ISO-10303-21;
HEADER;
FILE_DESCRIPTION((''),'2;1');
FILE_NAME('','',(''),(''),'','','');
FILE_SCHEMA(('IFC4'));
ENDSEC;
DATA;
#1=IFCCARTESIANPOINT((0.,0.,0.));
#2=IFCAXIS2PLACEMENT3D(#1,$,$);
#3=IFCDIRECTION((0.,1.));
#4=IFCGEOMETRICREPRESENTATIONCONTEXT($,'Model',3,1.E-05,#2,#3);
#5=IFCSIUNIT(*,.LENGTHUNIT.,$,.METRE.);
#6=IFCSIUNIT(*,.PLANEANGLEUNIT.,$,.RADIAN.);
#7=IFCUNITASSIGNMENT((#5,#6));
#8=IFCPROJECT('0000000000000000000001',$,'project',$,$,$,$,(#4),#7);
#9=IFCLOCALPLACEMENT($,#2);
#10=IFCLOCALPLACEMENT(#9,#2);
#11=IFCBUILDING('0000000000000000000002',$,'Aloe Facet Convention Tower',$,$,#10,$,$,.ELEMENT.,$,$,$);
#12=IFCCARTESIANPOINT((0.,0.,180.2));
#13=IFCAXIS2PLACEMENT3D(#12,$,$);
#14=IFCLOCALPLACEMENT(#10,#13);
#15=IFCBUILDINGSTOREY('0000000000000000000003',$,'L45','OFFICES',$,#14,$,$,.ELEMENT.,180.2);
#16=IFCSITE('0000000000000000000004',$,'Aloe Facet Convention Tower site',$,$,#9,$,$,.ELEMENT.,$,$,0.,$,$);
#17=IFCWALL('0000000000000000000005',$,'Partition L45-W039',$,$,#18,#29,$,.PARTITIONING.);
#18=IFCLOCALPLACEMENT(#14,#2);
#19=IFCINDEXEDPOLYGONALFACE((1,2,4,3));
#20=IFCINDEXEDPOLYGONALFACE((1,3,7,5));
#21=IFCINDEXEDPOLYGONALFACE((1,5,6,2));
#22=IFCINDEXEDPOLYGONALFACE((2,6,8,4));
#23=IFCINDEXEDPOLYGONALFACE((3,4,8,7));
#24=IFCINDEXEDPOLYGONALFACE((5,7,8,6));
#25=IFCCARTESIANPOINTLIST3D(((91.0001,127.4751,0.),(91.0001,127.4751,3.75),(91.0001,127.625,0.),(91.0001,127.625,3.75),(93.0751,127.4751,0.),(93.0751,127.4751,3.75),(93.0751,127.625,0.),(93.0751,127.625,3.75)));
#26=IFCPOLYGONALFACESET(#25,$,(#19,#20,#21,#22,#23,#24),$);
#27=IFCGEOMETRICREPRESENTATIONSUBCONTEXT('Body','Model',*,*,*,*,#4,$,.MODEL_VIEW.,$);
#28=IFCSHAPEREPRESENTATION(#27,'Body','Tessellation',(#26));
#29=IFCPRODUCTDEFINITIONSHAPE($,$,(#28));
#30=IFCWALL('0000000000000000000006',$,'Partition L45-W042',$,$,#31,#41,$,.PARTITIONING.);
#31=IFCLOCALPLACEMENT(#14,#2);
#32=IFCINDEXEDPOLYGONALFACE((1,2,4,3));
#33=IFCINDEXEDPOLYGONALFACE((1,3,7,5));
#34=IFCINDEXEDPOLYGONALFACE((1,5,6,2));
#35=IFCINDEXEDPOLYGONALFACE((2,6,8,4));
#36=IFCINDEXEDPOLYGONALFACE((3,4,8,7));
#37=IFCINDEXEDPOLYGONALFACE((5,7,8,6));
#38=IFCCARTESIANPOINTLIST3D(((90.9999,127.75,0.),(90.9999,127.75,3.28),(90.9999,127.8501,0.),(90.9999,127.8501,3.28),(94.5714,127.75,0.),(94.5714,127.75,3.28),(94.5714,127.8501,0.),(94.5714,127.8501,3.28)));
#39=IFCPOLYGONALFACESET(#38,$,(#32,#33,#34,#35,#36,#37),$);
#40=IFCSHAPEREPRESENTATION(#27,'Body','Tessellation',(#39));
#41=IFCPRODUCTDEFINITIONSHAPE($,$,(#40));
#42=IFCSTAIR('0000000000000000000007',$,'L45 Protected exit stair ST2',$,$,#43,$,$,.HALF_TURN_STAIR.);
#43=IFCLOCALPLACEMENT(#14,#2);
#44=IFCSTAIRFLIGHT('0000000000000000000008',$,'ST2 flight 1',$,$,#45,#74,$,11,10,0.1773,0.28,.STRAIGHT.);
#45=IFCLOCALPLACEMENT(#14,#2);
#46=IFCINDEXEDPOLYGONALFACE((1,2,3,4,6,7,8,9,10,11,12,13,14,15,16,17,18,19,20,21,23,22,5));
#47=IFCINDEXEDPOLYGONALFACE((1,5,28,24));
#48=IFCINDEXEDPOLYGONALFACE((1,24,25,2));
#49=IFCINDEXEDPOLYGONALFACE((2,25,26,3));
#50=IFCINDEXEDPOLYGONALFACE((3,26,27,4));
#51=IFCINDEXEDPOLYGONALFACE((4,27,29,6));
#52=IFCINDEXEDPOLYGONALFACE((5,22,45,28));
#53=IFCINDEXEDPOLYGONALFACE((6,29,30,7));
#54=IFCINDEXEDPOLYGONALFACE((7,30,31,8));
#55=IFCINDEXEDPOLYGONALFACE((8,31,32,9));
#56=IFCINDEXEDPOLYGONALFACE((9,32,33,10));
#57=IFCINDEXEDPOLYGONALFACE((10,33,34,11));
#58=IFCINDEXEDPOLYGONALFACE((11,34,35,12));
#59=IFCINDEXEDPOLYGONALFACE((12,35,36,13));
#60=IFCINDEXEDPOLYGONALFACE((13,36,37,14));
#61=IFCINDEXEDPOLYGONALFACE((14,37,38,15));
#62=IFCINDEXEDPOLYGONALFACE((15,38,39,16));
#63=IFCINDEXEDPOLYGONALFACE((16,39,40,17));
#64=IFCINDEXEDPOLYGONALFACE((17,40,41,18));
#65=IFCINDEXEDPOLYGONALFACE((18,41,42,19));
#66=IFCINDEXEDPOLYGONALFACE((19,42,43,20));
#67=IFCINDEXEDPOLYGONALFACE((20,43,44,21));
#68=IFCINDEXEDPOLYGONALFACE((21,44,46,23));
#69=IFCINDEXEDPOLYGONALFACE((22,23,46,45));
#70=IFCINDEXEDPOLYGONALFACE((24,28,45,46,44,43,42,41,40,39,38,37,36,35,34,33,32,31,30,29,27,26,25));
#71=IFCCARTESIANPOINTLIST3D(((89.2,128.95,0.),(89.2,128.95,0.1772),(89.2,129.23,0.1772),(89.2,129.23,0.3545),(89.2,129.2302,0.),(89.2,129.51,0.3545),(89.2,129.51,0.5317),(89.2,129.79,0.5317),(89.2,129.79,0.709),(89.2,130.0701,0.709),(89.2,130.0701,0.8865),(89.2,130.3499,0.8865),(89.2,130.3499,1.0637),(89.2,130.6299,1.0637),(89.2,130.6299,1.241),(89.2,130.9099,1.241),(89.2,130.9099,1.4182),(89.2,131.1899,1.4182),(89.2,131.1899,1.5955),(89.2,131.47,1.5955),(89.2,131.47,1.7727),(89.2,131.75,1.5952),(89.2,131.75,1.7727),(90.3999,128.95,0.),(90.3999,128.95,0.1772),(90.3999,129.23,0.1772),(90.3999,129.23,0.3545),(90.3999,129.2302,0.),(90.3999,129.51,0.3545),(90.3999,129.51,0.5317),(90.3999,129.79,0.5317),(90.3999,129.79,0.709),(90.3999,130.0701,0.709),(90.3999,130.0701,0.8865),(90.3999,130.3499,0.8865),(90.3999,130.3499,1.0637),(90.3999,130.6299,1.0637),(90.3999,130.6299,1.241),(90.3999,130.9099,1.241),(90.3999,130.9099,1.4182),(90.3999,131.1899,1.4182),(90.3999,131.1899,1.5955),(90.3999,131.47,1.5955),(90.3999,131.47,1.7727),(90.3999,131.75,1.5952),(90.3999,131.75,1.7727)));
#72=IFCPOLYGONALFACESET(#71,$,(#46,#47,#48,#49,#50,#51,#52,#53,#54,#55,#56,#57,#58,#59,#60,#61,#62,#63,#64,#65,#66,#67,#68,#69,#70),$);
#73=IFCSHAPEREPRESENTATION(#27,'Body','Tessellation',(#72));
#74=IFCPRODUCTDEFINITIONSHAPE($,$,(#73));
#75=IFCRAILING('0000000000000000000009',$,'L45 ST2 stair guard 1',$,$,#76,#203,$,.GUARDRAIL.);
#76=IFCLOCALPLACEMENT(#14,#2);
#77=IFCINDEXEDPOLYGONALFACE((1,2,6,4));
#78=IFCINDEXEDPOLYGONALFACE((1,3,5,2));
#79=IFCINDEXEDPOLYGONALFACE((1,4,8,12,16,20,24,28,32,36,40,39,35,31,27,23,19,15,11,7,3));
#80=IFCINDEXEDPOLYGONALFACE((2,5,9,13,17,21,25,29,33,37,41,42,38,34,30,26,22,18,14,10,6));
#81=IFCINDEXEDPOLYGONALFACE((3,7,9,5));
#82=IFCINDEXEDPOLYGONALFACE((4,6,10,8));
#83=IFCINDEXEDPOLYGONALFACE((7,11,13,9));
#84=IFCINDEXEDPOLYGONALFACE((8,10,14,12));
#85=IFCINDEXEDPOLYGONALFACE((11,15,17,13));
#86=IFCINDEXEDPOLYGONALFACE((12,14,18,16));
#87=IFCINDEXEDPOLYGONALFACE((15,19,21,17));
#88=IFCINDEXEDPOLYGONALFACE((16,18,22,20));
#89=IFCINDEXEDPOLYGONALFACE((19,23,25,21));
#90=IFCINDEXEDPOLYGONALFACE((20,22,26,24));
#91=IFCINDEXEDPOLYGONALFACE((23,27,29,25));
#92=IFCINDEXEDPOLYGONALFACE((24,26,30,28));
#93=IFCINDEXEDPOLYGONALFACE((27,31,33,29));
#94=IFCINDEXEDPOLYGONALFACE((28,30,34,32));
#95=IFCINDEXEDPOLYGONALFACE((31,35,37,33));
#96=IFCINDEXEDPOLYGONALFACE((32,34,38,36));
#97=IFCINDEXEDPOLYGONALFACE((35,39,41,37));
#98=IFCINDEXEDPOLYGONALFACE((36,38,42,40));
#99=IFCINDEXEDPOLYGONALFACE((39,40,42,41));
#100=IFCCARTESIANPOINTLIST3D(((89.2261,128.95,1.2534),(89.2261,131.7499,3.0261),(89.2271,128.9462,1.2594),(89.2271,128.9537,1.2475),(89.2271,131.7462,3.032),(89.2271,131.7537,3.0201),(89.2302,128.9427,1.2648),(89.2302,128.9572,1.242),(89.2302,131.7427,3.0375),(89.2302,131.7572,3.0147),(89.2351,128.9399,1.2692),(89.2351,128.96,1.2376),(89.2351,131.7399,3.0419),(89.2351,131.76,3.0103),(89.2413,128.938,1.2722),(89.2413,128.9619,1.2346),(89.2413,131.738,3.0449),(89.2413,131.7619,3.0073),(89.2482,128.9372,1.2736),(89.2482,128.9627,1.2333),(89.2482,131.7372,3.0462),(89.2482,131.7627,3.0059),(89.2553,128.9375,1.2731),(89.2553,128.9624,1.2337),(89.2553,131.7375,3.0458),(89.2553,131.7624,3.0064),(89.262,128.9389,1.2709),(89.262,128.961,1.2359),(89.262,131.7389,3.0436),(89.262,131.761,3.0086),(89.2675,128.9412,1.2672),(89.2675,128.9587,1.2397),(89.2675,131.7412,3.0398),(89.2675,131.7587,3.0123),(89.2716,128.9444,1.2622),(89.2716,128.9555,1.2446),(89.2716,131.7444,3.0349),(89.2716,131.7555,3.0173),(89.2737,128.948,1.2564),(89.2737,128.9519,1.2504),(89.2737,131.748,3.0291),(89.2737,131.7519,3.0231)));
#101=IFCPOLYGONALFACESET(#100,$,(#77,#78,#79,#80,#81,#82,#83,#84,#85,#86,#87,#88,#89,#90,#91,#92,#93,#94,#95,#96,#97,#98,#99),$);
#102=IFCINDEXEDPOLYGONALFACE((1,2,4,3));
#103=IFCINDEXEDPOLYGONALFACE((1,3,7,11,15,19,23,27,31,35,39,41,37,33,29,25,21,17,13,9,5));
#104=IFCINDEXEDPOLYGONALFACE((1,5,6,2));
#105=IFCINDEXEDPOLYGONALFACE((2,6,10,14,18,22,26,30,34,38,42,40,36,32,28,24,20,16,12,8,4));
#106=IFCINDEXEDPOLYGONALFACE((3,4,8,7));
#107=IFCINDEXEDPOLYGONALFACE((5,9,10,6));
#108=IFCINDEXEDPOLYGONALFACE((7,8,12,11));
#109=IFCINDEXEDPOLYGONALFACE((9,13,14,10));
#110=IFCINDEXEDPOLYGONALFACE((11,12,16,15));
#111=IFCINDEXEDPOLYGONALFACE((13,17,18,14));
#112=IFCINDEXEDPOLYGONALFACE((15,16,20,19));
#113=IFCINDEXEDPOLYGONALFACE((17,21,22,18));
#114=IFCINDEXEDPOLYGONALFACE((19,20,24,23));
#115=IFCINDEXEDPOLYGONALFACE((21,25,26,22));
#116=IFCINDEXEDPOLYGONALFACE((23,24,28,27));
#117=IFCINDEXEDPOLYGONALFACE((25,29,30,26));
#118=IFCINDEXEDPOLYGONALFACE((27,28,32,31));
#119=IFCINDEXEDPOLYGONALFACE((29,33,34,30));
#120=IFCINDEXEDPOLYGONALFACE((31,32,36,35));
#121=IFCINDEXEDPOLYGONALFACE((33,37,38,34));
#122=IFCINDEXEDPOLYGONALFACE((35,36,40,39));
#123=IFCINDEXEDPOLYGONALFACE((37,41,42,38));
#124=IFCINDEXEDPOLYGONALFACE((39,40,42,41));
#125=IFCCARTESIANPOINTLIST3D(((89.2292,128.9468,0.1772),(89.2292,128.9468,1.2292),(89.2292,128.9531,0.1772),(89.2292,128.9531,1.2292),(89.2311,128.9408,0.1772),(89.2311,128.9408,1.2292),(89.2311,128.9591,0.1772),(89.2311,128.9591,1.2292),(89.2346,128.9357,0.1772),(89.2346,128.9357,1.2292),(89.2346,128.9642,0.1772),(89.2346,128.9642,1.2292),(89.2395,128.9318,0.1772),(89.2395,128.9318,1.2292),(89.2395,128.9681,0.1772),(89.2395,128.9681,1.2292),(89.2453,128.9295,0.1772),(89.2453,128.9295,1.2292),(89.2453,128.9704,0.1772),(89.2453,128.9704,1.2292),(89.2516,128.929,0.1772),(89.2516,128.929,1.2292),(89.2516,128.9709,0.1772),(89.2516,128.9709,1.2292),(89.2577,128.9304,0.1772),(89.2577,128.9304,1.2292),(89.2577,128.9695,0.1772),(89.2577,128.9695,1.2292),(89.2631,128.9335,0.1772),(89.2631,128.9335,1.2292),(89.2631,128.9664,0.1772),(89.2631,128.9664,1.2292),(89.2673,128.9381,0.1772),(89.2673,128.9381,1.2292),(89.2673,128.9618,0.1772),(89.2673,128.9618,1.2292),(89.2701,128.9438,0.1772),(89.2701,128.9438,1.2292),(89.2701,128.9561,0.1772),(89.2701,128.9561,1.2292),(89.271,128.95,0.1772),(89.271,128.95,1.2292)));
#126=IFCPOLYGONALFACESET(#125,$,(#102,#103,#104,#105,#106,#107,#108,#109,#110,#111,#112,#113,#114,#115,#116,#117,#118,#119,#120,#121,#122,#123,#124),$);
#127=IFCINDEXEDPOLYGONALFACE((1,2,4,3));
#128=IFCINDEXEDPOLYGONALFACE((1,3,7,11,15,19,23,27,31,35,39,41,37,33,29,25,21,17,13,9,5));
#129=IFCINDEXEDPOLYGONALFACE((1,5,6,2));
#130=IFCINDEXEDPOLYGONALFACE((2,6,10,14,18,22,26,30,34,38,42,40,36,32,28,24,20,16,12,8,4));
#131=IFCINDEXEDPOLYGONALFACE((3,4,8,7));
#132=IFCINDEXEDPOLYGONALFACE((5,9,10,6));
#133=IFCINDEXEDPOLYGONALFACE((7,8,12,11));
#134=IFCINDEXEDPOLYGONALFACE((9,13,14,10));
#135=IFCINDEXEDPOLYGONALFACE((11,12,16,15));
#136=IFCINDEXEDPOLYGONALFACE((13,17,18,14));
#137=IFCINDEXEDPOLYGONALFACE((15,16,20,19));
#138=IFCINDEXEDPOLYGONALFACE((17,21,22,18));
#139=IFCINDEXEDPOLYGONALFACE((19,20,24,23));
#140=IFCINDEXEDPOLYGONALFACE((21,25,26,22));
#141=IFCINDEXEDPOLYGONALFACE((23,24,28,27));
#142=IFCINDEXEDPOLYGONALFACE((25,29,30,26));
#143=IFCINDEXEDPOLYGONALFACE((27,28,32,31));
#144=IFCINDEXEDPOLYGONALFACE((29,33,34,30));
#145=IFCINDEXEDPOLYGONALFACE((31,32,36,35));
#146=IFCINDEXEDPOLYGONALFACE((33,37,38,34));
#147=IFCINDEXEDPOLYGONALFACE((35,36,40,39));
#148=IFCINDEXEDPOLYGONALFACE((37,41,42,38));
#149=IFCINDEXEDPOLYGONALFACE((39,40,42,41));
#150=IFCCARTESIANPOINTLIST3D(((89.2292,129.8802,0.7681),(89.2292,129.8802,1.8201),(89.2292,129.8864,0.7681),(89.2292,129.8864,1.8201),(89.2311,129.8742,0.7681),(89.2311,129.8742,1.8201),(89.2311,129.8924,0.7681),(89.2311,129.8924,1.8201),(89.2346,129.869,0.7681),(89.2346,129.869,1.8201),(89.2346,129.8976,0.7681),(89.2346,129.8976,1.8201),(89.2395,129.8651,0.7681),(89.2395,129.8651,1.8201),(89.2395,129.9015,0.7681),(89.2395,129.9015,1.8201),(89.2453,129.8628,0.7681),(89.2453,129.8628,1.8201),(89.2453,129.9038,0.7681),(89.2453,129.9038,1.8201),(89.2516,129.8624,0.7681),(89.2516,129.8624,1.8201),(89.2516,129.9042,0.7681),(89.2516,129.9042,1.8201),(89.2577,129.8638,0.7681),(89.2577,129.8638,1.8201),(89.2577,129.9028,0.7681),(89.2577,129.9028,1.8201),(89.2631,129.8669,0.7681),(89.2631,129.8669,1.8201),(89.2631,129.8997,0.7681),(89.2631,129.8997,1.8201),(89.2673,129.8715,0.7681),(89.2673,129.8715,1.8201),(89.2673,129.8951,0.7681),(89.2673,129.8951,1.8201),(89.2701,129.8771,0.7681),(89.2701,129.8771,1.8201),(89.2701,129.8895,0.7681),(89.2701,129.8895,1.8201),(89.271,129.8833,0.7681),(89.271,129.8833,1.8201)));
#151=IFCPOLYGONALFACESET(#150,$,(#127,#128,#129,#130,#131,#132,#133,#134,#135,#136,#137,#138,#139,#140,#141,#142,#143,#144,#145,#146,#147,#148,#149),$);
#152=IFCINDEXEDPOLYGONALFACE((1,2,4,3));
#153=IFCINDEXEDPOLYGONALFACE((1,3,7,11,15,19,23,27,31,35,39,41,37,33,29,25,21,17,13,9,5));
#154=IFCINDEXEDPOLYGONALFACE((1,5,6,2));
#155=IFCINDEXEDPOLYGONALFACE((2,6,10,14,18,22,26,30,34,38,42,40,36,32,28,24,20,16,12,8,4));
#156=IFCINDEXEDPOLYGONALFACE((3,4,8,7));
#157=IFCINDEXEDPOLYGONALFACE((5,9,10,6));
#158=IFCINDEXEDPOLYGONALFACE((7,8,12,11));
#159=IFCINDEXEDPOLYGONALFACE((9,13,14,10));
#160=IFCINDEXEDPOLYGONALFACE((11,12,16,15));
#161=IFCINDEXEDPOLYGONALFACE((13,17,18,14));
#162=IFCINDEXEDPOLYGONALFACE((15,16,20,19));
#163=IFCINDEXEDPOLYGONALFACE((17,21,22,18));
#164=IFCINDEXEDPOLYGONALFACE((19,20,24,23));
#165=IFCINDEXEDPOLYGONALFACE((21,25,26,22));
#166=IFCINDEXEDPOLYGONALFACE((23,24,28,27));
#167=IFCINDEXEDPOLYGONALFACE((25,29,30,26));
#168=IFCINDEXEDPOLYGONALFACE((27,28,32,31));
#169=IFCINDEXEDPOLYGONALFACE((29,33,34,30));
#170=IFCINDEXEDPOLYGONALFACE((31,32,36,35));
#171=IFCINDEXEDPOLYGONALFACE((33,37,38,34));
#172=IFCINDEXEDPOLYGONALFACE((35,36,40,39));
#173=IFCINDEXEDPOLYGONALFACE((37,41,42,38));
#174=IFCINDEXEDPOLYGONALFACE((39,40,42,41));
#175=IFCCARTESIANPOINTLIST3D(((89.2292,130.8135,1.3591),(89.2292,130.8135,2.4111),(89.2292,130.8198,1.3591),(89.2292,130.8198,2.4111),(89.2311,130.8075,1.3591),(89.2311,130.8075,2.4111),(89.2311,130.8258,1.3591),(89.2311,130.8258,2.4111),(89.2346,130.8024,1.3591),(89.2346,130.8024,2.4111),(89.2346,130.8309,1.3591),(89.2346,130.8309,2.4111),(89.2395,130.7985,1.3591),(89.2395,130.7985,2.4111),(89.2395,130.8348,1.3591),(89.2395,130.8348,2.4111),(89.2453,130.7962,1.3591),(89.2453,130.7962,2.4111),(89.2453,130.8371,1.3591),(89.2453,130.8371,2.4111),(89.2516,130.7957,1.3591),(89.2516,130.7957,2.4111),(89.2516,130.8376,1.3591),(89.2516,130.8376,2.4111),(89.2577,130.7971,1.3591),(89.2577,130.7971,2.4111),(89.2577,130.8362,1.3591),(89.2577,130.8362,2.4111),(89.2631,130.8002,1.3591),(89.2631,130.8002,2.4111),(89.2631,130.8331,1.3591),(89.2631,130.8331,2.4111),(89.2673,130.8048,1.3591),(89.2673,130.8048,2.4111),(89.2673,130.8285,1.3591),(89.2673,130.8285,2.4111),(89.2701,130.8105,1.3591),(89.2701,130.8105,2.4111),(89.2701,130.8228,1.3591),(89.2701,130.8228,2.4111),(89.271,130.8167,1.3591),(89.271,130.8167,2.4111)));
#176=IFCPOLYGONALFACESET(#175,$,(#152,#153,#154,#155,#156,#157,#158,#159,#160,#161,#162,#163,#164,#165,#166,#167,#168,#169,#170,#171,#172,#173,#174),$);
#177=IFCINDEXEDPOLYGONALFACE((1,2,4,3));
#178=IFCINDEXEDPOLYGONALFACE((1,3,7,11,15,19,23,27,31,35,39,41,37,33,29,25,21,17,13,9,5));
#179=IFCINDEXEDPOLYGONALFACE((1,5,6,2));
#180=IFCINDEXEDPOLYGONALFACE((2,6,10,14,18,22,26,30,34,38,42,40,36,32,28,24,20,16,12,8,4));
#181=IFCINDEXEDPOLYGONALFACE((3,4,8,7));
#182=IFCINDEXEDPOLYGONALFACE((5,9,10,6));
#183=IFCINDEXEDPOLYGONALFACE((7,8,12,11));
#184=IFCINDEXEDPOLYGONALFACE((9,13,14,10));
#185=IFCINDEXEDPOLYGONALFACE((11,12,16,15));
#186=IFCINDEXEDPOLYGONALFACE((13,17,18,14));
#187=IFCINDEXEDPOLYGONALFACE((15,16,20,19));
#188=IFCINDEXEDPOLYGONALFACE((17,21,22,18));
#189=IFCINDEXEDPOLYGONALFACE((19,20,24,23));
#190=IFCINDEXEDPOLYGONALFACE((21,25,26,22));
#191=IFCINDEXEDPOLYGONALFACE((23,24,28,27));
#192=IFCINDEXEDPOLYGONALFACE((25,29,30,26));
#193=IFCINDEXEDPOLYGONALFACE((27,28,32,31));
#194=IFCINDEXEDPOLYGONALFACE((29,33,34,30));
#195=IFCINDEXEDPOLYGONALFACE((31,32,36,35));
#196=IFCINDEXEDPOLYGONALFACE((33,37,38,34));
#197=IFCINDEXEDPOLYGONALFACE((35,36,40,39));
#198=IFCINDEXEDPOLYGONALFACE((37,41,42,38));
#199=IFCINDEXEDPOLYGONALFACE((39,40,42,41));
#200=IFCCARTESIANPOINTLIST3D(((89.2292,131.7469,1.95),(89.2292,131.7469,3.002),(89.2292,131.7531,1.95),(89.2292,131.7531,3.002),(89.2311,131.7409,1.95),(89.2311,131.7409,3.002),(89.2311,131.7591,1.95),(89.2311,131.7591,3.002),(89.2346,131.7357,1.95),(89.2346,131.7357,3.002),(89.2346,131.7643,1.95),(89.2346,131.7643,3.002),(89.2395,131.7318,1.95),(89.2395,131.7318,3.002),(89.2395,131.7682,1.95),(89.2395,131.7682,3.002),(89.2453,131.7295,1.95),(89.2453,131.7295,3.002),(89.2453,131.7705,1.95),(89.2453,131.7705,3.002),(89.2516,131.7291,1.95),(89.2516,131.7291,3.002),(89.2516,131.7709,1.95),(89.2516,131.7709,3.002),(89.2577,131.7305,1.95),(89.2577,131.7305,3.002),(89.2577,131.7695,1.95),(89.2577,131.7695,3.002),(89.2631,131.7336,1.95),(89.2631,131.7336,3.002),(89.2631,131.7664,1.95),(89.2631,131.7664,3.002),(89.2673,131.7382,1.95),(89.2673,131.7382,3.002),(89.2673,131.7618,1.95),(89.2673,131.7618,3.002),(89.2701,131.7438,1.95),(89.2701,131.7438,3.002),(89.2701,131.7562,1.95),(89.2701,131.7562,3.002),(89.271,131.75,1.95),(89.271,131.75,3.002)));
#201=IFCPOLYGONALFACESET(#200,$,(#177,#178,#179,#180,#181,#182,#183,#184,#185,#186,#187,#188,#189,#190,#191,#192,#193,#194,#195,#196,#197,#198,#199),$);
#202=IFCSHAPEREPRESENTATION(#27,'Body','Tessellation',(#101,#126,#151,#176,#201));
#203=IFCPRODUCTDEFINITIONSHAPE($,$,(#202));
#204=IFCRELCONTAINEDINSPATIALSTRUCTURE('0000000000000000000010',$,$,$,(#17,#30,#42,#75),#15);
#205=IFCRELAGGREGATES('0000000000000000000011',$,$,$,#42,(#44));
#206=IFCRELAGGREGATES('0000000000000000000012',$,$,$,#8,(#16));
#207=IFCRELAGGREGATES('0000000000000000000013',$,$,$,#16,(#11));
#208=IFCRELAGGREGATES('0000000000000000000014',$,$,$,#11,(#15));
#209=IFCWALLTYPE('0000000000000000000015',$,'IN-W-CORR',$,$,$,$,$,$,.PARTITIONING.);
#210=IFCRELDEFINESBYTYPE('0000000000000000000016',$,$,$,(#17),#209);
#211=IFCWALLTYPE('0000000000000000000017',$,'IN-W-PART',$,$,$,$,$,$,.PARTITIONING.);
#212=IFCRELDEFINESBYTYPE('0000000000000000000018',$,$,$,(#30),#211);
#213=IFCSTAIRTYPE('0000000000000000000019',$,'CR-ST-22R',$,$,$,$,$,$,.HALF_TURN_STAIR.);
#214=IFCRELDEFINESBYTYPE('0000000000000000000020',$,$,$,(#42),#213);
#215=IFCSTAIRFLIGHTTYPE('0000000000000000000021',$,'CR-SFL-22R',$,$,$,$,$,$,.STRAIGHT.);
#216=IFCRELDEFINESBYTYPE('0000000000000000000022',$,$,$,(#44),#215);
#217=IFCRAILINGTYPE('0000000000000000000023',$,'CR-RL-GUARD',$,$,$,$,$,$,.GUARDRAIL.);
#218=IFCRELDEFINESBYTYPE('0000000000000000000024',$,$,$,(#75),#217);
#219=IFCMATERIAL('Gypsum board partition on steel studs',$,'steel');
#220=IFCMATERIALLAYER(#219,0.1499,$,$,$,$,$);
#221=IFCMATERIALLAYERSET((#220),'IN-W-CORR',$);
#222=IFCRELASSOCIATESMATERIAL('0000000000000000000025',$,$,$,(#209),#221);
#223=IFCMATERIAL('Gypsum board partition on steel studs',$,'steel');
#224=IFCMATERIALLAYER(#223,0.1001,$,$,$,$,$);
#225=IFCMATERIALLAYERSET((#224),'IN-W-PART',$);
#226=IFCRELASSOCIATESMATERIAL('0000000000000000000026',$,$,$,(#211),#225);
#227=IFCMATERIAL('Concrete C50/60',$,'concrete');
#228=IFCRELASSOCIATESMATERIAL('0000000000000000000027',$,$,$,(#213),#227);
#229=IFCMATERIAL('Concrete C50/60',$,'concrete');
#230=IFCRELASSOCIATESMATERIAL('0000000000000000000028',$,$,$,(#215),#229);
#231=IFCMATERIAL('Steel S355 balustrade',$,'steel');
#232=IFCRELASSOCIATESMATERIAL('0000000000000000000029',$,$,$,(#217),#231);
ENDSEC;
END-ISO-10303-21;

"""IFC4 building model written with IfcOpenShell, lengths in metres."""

from ifc_helpers import new_model, si_unit, direction, frame, frame_2d, origin, origin_2d, place, context, subcontext, project, spatial, polyline, rectangle, circle, outline, extrude, material, layer, layer_set, type_object, element, aggregate, save


model = new_model("IFC4")

# Units and contexts
model_context = context("Model", 3, precision=1e-05, world=origin(), true_north=direction((0.0, 1.0)))
body_context = subcontext(model_context, "Body", "Model", "MODEL_VIEW")
ifc_project = project(units=[si_unit("LENGTHUNIT", "METRE"), si_unit("PLANEANGLEUNIT", "RADIAN")], contexts=[model_context])

# Site, building, storey
site_placement = place(None, origin())
site = spatial("IfcSite", under=ifc_project, at=site_placement, Name="Aloe Facet Convention Tower site", CompositionType="ELEMENT", RefElevation=0.0)
building_placement = place(site_placement, origin())
building = spatial("IfcBuilding", under=site, at=building_placement, Name="Aloe Facet Convention Tower", CompositionType="ELEMENT")
storey_placement = place(building_placement, frame((0.0, 0.0, 180.2)))
storey = spatial("IfcBuildingStorey", under=building, at=storey_placement, Name="L45", Description="OFFICES", CompositionType="ELEMENT", Elevation=180.2)

# Walls
ifc_material_1 = material(Name="Gypsum board partition on steel studs", Category="steel")
ifc_layer_1 = layer(ifc_material_1, 0.1499)
ifc_layer_set_1 = layer_set([ifc_layer_1], Name="IN-W-CORR")
wall_type_1 = type_object("IfcWallType", Name="IN-W-CORR", PredefinedType="PARTITIONING", material=ifc_layer_set_1)
wall_1_placement = place(storey_placement, frame((91.0, 127.55, 0.0), z_axis=(0.0, 0.0, 1.0), x_axis=(1.0, 0.0, 0.0)))
element("IfcWall", 1, at=wall_1_placement, inside=storey, type_object=wall_type_1, Name="Partition L45-W039", PredefinedType="PARTITIONING", context=body_context, shape_type="SweptSolid", body=[
    extrude(rectangle(XDim=2.075, YDim=0.1499, at=frame_2d((1.0376, 0.0))), origin(), (0.0, 0.0, 1.0), 3.75),
])
ifc_material_2 = material(Name="Gypsum board partition on steel studs", Category="steel")
ifc_layer_2 = layer(ifc_material_2, 0.1001)
ifc_layer_set_2 = layer_set([ifc_layer_2], Name="IN-W-PART")
wall_type_2 = type_object("IfcWallType", Name="IN-W-PART", PredefinedType="PARTITIONING", material=ifc_layer_set_2)
wall_2_placement = place(storey_placement, frame((91.0, 127.8, 0.0), z_axis=(0.0, 0.0, 1.0), x_axis=(1.0, 0.0, 0.0)))
element("IfcWall", 2, at=wall_2_placement, inside=storey, type_object=wall_type_2, Name="Partition L45-W042", PredefinedType="PARTITIONING", context=body_context, shape_type="SweptSolid", body=[
    extrude(rectangle(XDim=3.5715, YDim=0.1001, at=frame_2d((1.7856, 0.0))), origin(), (0.0, 0.0, 1.0), 3.28),
])

# Stair, stair flight
ifc_material_3 = material(Name="Concrete C50/60", Category="concrete")
stair_type = type_object("IfcStairType", Name="CR-ST-22R", PredefinedType="HALF_TURN_STAIR", material=ifc_material_3)
stair_placement = place(storey_placement, origin())
stair = element("IfcStair", 3, at=stair_placement, inside=storey, type_object=stair_type, Name="L45 Protected exit stair ST2", PredefinedType="HALF_TURN_STAIR")
ifc_material_4 = material(Name="Concrete C50/60", Category="concrete")
stair_flight_type = type_object("IfcStairFlightType", Name="CR-SFL-22R", PredefinedType="STRAIGHT", material=ifc_material_4)
stair_flight_placement = place(storey_placement, frame((89.8, 128.95, 0.0), z_axis=(0.0, 0.0, 1.0), x_axis=(0.0, 1.0, 0.0)))
stair_flight = element("IfcStairFlight", 4, at=stair_flight_placement, type_object=stair_flight_type, Name="ST2 flight 1", NumberOfRisers=11, NumberOfTreads=10, PredefinedType="STRAIGHT", RiserHeight=0.1773, TreadLength=0.28, context=body_context, shape_type="SweptSolid", body=[
    extrude(outline(polyline([(0.0, 0.0), (0.0, 0.1772), (0.28, 0.1772), (0.28, 0.3545), (0.5601, 0.3545), (0.5601, 0.5317), (0.8401, 0.5317), (0.8401, 0.709), (1.1201, 0.709), (1.1201, 0.8865), (1.3999, 0.8865), (1.3999, 1.0637), (1.6799, 1.0637), (1.6799, 1.241), (1.96, 1.241), (1.96, 1.4182), (2.24, 1.4182), (2.24, 1.5955), (2.52, 1.5955), (2.52, 1.7727), (2.8, 1.7727), (2.8, 1.95), (2.8, 1.5952), (0.2803, 0.0), (0.0, 0.0)])), frame((0.0, 0.6001, 0.0), z_axis=(0.0, -1.0, 0.0), x_axis=(1.0, 0.0, 0.0)), (0.0, 0.0, 1.0), 1.2),
])
aggregate(stair, [stair_flight])

# Railing
ifc_material_5 = material(Name="Steel S355 balustrade", Category="steel")
railing_type_1 = type_object("IfcRailingType", Name="CR-RL-GUARD", PredefinedType="GUARDRAIL", material=ifc_material_5)
railing_1_placement = place(storey_placement, frame((89.25, 128.95, 0.1772)))
element("IfcRailing", 5, at=railing_1_placement, inside=storey, type_object=railing_type_1, Name="L45 ST2 stair guard 1", PredefinedType="GUARDRAIL", context=body_context, shape_type="SweptSolid", body=[
    extrude(circle(Radius=0.0239, at=origin_2d()), frame((0.0, 0.0, 1.0762), z_axis=(0.0, 0.844909, 0.53491), x_axis=(-1.0, 0.0, 0.0)), (0.0, 0.0, 1.0), 3.314),
    extrude(circle(Radius=0.021, at=origin_2d()), origin(), (0.0, 0.0, 1.0), 1.052),
    extrude(circle(Radius=0.021, at=origin_2d()), frame((0.0, 0.9333, 0.5908)), (0.0, 0.0, 1.0), 1.052),
    extrude(circle(Radius=0.021, at=origin_2d()), frame((0.0, 1.8667, 1.1819)), (0.0, 0.0, 1.0), 1.052),
    extrude(circle(Radius=0.021, at=origin_2d()), frame((0.0, 2.8, 1.7727)), (0.0, 0.0, 1.0), 1.052),
])

save(model, "model.ifc")
